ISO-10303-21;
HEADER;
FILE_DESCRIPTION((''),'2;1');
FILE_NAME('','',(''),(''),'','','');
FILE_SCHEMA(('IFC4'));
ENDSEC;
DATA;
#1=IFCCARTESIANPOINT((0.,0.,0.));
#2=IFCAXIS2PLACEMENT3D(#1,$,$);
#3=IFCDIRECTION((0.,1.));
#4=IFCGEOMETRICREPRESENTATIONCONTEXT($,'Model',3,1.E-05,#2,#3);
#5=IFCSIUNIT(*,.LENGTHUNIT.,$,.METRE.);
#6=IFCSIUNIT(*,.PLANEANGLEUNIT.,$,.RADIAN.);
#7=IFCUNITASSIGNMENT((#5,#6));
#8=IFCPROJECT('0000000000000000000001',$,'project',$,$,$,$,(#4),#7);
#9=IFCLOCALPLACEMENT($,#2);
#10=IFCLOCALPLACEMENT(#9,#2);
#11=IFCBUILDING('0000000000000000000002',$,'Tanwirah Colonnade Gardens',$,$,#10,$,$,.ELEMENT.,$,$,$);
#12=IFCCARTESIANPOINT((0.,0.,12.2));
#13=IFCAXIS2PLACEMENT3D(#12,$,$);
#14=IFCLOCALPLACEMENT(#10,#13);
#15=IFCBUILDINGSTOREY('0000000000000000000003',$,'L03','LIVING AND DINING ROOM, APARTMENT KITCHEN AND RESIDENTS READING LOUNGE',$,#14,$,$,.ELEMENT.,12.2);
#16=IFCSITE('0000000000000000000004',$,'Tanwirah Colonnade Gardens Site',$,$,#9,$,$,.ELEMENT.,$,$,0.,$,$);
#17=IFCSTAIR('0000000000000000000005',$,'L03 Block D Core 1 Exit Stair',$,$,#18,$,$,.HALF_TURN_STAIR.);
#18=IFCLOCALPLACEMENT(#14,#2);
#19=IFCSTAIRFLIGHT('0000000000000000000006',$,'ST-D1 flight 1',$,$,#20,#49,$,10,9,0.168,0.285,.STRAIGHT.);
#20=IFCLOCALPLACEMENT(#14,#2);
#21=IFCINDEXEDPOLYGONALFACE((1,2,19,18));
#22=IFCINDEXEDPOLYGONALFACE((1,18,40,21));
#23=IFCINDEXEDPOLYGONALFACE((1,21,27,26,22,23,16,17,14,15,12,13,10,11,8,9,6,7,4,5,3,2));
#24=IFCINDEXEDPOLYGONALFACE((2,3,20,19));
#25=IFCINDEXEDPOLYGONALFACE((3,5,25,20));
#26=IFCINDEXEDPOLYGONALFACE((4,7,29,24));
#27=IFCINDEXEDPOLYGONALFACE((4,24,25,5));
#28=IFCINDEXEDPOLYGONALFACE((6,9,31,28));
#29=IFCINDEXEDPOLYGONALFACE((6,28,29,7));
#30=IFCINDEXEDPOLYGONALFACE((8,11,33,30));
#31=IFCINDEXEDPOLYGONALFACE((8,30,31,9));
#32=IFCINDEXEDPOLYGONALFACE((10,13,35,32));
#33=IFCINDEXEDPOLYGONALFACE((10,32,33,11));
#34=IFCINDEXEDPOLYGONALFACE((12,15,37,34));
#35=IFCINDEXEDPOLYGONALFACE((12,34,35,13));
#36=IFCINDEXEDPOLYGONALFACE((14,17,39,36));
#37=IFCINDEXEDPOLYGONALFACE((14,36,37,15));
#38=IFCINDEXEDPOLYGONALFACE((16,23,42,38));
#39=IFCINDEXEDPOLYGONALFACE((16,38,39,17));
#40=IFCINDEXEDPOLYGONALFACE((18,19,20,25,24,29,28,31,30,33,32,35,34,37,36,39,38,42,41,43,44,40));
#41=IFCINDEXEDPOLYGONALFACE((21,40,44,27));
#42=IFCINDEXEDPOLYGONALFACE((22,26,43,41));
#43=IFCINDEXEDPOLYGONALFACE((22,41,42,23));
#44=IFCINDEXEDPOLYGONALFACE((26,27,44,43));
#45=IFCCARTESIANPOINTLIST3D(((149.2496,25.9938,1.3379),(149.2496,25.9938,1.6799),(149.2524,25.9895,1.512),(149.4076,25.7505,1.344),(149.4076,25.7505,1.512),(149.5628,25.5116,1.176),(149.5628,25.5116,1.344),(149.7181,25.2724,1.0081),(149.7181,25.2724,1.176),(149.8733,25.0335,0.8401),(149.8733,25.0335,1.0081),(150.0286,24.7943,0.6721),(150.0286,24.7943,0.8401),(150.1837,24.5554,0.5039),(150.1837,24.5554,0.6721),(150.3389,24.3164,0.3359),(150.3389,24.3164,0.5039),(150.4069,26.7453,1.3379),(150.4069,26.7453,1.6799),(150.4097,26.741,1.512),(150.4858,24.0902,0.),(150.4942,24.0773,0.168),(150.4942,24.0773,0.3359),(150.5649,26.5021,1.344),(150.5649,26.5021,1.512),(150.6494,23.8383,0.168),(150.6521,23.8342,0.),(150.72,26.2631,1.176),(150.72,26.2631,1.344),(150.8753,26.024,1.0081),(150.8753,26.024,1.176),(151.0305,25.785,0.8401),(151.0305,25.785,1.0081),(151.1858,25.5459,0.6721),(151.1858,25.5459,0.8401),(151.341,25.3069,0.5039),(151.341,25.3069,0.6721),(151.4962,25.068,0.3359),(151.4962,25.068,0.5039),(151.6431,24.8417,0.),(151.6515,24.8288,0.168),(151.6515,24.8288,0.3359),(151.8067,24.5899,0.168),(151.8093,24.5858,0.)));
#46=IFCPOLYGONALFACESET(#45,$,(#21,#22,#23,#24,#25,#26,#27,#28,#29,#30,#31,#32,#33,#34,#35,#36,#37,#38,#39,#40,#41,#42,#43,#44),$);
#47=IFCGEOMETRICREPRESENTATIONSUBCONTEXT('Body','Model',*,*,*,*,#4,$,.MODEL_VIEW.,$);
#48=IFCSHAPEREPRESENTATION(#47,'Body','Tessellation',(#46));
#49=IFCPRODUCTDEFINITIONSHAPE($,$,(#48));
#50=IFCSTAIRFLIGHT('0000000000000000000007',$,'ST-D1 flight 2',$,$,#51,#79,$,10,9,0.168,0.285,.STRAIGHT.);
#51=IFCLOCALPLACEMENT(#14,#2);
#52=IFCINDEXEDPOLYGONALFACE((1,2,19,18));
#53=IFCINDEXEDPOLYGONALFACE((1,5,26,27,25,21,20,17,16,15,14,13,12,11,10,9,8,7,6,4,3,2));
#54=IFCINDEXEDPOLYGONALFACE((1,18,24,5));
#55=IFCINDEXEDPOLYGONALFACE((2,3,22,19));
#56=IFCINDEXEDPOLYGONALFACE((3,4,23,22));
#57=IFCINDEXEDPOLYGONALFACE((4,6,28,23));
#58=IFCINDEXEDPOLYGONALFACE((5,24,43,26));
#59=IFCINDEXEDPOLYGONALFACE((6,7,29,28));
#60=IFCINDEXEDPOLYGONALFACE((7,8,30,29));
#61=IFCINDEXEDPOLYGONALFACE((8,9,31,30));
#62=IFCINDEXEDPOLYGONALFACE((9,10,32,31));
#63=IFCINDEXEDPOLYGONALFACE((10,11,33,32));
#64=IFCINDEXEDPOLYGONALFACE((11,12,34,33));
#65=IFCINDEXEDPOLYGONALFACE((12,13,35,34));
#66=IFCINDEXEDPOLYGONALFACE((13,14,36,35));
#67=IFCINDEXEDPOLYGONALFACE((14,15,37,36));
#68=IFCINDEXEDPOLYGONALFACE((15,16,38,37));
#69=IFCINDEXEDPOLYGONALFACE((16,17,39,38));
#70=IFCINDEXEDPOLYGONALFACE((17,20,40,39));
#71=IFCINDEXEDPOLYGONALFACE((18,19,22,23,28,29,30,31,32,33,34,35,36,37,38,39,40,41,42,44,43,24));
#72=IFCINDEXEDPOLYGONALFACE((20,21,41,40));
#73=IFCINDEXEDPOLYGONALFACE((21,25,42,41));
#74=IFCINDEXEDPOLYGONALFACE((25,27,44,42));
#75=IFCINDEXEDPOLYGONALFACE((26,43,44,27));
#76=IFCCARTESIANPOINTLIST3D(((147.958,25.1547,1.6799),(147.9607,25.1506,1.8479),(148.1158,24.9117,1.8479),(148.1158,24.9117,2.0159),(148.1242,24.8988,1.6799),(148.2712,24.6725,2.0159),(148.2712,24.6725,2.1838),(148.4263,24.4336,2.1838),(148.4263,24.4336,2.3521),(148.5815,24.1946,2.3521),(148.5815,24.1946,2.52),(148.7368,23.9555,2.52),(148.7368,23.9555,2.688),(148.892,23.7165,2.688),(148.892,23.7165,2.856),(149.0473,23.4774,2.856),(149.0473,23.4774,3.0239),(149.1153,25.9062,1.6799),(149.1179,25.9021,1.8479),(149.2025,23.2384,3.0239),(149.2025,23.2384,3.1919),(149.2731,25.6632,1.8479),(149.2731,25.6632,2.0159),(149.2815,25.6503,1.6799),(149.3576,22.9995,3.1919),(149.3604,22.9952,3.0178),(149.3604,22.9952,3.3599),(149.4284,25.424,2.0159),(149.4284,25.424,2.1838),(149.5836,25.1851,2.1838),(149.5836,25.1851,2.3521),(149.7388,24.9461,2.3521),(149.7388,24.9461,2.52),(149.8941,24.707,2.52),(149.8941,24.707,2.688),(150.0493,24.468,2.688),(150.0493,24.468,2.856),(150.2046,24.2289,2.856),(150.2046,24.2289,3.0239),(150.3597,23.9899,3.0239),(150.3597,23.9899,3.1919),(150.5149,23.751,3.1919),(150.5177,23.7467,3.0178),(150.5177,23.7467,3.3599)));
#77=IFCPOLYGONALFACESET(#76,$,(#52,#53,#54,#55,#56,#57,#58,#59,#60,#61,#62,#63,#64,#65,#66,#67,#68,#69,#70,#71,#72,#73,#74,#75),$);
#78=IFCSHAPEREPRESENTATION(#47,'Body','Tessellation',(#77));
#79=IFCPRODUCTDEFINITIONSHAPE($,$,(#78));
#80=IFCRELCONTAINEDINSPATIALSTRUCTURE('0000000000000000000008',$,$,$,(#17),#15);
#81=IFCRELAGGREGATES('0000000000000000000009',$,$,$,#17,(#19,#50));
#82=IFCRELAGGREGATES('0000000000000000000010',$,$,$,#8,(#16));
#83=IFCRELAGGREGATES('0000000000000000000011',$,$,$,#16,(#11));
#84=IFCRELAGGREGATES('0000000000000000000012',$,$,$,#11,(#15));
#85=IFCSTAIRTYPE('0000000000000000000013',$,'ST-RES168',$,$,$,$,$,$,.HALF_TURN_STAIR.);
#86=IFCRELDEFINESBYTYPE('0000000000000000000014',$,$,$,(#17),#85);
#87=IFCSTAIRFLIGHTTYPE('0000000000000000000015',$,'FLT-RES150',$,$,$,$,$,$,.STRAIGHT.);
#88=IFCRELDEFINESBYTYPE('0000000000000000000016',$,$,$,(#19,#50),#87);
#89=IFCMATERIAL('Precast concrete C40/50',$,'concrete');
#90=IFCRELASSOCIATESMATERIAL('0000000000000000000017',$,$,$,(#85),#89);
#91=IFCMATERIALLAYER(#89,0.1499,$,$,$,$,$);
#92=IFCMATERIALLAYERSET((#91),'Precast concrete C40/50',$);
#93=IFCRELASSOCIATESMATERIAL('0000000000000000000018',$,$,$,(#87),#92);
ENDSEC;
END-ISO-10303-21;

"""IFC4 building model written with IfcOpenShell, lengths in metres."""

from ifc_helpers import new_model, si_unit, direction, frame, origin, place, context, subcontext, project, spatial, polyline, outline, extrude, material, layer, layer_set, type_object, element, aggregate, save


model = new_model("IFC4")

# Units and contexts
model_context = context("Model", 3, precision=1e-05, world=origin(), true_north=direction((0.0, 1.0)))
body_context = subcontext(model_context, "Body", "Model", "MODEL_VIEW")
ifc_project = project(units=[si_unit("LENGTHUNIT", "METRE"), si_unit("PLANEANGLEUNIT", "RADIAN")], contexts=[model_context])

# Site, building, storey
site_placement = place(None, origin())
site = spatial("IfcSite", under=ifc_project, at=site_placement, Name="Tanwirah Colonnade Gardens Site", CompositionType="ELEMENT", RefElevation=0.0)
building_placement = place(site_placement, origin())
building = spatial("IfcBuilding", under=site, at=building_placement, Name="Tanwirah Colonnade Gardens", CompositionType="ELEMENT")
storey_placement = place(building_placement, frame((0.0, 0.0, 12.2)))
storey = spatial("IfcBuildingStorey", under=building, at=storey_placement, Name="L03", Description="LIVING AND DINING ROOM, APARTMENT KITCHEN AND RESIDENTS READING LOUNGE", CompositionType="ELEMENT", Elevation=12.2)

# Shared definitions
ifc_material_1 = material(Name="Precast concrete C40/50", Category="concrete")

# Stair, stair flights
stair_type = type_object("IfcStairType", Name="ST-RES168", PredefinedType="HALF_TURN_STAIR", material=ifc_material_1)
stair_placement = place(storey_placement, origin())
stair = element("IfcStair", 1, at=stair_placement, inside=storey, type_object=stair_type, Name="L03 Block D Core 1 Exit Stair", PredefinedType="HALF_TURN_STAIR")
ifc_layer_1 = layer(ifc_material_1, 0.1499)
ifc_layer_set_1 = layer_set([ifc_layer_1], Name="Precast concrete C40/50")
stair_flight_type = type_object("IfcStairFlightType", Name="FLT-RES150", PredefinedType="STRAIGHT", material=ifc_layer_set_1)
stair_flight_1_placement = place(storey_placement, frame((151.228, 24.2141, 0.0), z_axis=(0.0, 0.0, 1.0), x_axis=(-0.544639, 0.838671, 0.0)))
stair_flight_1 = element("IfcStairFlight", 2, at=stair_flight_1_placement, type_object=stair_flight_type, Name="ST-D1 flight 1", NumberOfRisers=10, NumberOfTreads=9, PredefinedType="STRAIGHT", RiserHeight=0.168, TreadLength=0.285, context=body_context, shape_type="SweptSolid", body=[
    extrude(outline(polyline([(-0.0049, 0.0), (0.0, 0.168), (0.2849, 0.168), (0.2849, 0.3359), (0.5701, 0.3359), (0.5701, 0.5039), (0.855, 0.5039), (0.855, 0.6721), (1.1399, 0.6721), (1.1399, 0.8401), (1.425, 0.8401), (1.425, 1.0081), (1.71, 1.0081), (1.71, 1.176), (1.9951, 1.176), (1.9951, 1.344), (2.28, 1.344), (2.28, 1.512), (2.5649, 1.512), (2.5701, 1.6799), (2.5701, 1.3379), (0.3003, 0.0), (-0.0049, 0.0)])), frame((0.0, 0.6899, 0.0), z_axis=(0.0, -1.0, 0.0), x_axis=(1.0, 0.0, 0.0)), (0.0, 0.0, 1.0), 1.3799),
])
stair_flight_2_placement = place(storey_placement, frame((148.5393, 25.5264, 1.6799), z_axis=(0.0, 0.0, 1.0), x_axis=(0.544639, -0.838671, 0.0)))
stair_flight_2 = element("IfcStairFlight", 3, at=stair_flight_2_placement, type_object=stair_flight_type, Name="ST-D1 flight 2", NumberOfRisers=10, NumberOfTreads=9, PredefinedType="STRAIGHT", RiserHeight=0.168, TreadLength=0.285, context=body_context, shape_type="SweptSolid", body=[
    extrude(outline(polyline([(-0.0049, 0.0), (0.0, 0.168), (0.2849, 0.168), (0.2849, 0.3359), (0.5701, 0.3359), (0.5701, 0.5039), (0.855, 0.5039), (0.855, 0.6721), (1.1399, 0.6721), (1.1399, 0.8401), (1.425, 0.8401), (1.425, 1.0081), (1.71, 1.0081), (1.71, 1.176), (1.9951, 1.176), (1.9951, 1.344), (2.28, 1.344), (2.28, 1.512), (2.5649, 1.512), (2.5701, 1.6799), (2.5701, 1.3379), (0.3003, 0.0), (-0.0049, 0.0)])), frame((0.0, 0.6899, 0.0), z_axis=(0.0, -1.0, 0.0), x_axis=(1.0, 0.0, 0.0)), (0.0, 0.0, 1.0), 1.3799),
])
aggregate(stair, [stair_flight_1, stair_flight_2])

save(model, "model.ifc")
